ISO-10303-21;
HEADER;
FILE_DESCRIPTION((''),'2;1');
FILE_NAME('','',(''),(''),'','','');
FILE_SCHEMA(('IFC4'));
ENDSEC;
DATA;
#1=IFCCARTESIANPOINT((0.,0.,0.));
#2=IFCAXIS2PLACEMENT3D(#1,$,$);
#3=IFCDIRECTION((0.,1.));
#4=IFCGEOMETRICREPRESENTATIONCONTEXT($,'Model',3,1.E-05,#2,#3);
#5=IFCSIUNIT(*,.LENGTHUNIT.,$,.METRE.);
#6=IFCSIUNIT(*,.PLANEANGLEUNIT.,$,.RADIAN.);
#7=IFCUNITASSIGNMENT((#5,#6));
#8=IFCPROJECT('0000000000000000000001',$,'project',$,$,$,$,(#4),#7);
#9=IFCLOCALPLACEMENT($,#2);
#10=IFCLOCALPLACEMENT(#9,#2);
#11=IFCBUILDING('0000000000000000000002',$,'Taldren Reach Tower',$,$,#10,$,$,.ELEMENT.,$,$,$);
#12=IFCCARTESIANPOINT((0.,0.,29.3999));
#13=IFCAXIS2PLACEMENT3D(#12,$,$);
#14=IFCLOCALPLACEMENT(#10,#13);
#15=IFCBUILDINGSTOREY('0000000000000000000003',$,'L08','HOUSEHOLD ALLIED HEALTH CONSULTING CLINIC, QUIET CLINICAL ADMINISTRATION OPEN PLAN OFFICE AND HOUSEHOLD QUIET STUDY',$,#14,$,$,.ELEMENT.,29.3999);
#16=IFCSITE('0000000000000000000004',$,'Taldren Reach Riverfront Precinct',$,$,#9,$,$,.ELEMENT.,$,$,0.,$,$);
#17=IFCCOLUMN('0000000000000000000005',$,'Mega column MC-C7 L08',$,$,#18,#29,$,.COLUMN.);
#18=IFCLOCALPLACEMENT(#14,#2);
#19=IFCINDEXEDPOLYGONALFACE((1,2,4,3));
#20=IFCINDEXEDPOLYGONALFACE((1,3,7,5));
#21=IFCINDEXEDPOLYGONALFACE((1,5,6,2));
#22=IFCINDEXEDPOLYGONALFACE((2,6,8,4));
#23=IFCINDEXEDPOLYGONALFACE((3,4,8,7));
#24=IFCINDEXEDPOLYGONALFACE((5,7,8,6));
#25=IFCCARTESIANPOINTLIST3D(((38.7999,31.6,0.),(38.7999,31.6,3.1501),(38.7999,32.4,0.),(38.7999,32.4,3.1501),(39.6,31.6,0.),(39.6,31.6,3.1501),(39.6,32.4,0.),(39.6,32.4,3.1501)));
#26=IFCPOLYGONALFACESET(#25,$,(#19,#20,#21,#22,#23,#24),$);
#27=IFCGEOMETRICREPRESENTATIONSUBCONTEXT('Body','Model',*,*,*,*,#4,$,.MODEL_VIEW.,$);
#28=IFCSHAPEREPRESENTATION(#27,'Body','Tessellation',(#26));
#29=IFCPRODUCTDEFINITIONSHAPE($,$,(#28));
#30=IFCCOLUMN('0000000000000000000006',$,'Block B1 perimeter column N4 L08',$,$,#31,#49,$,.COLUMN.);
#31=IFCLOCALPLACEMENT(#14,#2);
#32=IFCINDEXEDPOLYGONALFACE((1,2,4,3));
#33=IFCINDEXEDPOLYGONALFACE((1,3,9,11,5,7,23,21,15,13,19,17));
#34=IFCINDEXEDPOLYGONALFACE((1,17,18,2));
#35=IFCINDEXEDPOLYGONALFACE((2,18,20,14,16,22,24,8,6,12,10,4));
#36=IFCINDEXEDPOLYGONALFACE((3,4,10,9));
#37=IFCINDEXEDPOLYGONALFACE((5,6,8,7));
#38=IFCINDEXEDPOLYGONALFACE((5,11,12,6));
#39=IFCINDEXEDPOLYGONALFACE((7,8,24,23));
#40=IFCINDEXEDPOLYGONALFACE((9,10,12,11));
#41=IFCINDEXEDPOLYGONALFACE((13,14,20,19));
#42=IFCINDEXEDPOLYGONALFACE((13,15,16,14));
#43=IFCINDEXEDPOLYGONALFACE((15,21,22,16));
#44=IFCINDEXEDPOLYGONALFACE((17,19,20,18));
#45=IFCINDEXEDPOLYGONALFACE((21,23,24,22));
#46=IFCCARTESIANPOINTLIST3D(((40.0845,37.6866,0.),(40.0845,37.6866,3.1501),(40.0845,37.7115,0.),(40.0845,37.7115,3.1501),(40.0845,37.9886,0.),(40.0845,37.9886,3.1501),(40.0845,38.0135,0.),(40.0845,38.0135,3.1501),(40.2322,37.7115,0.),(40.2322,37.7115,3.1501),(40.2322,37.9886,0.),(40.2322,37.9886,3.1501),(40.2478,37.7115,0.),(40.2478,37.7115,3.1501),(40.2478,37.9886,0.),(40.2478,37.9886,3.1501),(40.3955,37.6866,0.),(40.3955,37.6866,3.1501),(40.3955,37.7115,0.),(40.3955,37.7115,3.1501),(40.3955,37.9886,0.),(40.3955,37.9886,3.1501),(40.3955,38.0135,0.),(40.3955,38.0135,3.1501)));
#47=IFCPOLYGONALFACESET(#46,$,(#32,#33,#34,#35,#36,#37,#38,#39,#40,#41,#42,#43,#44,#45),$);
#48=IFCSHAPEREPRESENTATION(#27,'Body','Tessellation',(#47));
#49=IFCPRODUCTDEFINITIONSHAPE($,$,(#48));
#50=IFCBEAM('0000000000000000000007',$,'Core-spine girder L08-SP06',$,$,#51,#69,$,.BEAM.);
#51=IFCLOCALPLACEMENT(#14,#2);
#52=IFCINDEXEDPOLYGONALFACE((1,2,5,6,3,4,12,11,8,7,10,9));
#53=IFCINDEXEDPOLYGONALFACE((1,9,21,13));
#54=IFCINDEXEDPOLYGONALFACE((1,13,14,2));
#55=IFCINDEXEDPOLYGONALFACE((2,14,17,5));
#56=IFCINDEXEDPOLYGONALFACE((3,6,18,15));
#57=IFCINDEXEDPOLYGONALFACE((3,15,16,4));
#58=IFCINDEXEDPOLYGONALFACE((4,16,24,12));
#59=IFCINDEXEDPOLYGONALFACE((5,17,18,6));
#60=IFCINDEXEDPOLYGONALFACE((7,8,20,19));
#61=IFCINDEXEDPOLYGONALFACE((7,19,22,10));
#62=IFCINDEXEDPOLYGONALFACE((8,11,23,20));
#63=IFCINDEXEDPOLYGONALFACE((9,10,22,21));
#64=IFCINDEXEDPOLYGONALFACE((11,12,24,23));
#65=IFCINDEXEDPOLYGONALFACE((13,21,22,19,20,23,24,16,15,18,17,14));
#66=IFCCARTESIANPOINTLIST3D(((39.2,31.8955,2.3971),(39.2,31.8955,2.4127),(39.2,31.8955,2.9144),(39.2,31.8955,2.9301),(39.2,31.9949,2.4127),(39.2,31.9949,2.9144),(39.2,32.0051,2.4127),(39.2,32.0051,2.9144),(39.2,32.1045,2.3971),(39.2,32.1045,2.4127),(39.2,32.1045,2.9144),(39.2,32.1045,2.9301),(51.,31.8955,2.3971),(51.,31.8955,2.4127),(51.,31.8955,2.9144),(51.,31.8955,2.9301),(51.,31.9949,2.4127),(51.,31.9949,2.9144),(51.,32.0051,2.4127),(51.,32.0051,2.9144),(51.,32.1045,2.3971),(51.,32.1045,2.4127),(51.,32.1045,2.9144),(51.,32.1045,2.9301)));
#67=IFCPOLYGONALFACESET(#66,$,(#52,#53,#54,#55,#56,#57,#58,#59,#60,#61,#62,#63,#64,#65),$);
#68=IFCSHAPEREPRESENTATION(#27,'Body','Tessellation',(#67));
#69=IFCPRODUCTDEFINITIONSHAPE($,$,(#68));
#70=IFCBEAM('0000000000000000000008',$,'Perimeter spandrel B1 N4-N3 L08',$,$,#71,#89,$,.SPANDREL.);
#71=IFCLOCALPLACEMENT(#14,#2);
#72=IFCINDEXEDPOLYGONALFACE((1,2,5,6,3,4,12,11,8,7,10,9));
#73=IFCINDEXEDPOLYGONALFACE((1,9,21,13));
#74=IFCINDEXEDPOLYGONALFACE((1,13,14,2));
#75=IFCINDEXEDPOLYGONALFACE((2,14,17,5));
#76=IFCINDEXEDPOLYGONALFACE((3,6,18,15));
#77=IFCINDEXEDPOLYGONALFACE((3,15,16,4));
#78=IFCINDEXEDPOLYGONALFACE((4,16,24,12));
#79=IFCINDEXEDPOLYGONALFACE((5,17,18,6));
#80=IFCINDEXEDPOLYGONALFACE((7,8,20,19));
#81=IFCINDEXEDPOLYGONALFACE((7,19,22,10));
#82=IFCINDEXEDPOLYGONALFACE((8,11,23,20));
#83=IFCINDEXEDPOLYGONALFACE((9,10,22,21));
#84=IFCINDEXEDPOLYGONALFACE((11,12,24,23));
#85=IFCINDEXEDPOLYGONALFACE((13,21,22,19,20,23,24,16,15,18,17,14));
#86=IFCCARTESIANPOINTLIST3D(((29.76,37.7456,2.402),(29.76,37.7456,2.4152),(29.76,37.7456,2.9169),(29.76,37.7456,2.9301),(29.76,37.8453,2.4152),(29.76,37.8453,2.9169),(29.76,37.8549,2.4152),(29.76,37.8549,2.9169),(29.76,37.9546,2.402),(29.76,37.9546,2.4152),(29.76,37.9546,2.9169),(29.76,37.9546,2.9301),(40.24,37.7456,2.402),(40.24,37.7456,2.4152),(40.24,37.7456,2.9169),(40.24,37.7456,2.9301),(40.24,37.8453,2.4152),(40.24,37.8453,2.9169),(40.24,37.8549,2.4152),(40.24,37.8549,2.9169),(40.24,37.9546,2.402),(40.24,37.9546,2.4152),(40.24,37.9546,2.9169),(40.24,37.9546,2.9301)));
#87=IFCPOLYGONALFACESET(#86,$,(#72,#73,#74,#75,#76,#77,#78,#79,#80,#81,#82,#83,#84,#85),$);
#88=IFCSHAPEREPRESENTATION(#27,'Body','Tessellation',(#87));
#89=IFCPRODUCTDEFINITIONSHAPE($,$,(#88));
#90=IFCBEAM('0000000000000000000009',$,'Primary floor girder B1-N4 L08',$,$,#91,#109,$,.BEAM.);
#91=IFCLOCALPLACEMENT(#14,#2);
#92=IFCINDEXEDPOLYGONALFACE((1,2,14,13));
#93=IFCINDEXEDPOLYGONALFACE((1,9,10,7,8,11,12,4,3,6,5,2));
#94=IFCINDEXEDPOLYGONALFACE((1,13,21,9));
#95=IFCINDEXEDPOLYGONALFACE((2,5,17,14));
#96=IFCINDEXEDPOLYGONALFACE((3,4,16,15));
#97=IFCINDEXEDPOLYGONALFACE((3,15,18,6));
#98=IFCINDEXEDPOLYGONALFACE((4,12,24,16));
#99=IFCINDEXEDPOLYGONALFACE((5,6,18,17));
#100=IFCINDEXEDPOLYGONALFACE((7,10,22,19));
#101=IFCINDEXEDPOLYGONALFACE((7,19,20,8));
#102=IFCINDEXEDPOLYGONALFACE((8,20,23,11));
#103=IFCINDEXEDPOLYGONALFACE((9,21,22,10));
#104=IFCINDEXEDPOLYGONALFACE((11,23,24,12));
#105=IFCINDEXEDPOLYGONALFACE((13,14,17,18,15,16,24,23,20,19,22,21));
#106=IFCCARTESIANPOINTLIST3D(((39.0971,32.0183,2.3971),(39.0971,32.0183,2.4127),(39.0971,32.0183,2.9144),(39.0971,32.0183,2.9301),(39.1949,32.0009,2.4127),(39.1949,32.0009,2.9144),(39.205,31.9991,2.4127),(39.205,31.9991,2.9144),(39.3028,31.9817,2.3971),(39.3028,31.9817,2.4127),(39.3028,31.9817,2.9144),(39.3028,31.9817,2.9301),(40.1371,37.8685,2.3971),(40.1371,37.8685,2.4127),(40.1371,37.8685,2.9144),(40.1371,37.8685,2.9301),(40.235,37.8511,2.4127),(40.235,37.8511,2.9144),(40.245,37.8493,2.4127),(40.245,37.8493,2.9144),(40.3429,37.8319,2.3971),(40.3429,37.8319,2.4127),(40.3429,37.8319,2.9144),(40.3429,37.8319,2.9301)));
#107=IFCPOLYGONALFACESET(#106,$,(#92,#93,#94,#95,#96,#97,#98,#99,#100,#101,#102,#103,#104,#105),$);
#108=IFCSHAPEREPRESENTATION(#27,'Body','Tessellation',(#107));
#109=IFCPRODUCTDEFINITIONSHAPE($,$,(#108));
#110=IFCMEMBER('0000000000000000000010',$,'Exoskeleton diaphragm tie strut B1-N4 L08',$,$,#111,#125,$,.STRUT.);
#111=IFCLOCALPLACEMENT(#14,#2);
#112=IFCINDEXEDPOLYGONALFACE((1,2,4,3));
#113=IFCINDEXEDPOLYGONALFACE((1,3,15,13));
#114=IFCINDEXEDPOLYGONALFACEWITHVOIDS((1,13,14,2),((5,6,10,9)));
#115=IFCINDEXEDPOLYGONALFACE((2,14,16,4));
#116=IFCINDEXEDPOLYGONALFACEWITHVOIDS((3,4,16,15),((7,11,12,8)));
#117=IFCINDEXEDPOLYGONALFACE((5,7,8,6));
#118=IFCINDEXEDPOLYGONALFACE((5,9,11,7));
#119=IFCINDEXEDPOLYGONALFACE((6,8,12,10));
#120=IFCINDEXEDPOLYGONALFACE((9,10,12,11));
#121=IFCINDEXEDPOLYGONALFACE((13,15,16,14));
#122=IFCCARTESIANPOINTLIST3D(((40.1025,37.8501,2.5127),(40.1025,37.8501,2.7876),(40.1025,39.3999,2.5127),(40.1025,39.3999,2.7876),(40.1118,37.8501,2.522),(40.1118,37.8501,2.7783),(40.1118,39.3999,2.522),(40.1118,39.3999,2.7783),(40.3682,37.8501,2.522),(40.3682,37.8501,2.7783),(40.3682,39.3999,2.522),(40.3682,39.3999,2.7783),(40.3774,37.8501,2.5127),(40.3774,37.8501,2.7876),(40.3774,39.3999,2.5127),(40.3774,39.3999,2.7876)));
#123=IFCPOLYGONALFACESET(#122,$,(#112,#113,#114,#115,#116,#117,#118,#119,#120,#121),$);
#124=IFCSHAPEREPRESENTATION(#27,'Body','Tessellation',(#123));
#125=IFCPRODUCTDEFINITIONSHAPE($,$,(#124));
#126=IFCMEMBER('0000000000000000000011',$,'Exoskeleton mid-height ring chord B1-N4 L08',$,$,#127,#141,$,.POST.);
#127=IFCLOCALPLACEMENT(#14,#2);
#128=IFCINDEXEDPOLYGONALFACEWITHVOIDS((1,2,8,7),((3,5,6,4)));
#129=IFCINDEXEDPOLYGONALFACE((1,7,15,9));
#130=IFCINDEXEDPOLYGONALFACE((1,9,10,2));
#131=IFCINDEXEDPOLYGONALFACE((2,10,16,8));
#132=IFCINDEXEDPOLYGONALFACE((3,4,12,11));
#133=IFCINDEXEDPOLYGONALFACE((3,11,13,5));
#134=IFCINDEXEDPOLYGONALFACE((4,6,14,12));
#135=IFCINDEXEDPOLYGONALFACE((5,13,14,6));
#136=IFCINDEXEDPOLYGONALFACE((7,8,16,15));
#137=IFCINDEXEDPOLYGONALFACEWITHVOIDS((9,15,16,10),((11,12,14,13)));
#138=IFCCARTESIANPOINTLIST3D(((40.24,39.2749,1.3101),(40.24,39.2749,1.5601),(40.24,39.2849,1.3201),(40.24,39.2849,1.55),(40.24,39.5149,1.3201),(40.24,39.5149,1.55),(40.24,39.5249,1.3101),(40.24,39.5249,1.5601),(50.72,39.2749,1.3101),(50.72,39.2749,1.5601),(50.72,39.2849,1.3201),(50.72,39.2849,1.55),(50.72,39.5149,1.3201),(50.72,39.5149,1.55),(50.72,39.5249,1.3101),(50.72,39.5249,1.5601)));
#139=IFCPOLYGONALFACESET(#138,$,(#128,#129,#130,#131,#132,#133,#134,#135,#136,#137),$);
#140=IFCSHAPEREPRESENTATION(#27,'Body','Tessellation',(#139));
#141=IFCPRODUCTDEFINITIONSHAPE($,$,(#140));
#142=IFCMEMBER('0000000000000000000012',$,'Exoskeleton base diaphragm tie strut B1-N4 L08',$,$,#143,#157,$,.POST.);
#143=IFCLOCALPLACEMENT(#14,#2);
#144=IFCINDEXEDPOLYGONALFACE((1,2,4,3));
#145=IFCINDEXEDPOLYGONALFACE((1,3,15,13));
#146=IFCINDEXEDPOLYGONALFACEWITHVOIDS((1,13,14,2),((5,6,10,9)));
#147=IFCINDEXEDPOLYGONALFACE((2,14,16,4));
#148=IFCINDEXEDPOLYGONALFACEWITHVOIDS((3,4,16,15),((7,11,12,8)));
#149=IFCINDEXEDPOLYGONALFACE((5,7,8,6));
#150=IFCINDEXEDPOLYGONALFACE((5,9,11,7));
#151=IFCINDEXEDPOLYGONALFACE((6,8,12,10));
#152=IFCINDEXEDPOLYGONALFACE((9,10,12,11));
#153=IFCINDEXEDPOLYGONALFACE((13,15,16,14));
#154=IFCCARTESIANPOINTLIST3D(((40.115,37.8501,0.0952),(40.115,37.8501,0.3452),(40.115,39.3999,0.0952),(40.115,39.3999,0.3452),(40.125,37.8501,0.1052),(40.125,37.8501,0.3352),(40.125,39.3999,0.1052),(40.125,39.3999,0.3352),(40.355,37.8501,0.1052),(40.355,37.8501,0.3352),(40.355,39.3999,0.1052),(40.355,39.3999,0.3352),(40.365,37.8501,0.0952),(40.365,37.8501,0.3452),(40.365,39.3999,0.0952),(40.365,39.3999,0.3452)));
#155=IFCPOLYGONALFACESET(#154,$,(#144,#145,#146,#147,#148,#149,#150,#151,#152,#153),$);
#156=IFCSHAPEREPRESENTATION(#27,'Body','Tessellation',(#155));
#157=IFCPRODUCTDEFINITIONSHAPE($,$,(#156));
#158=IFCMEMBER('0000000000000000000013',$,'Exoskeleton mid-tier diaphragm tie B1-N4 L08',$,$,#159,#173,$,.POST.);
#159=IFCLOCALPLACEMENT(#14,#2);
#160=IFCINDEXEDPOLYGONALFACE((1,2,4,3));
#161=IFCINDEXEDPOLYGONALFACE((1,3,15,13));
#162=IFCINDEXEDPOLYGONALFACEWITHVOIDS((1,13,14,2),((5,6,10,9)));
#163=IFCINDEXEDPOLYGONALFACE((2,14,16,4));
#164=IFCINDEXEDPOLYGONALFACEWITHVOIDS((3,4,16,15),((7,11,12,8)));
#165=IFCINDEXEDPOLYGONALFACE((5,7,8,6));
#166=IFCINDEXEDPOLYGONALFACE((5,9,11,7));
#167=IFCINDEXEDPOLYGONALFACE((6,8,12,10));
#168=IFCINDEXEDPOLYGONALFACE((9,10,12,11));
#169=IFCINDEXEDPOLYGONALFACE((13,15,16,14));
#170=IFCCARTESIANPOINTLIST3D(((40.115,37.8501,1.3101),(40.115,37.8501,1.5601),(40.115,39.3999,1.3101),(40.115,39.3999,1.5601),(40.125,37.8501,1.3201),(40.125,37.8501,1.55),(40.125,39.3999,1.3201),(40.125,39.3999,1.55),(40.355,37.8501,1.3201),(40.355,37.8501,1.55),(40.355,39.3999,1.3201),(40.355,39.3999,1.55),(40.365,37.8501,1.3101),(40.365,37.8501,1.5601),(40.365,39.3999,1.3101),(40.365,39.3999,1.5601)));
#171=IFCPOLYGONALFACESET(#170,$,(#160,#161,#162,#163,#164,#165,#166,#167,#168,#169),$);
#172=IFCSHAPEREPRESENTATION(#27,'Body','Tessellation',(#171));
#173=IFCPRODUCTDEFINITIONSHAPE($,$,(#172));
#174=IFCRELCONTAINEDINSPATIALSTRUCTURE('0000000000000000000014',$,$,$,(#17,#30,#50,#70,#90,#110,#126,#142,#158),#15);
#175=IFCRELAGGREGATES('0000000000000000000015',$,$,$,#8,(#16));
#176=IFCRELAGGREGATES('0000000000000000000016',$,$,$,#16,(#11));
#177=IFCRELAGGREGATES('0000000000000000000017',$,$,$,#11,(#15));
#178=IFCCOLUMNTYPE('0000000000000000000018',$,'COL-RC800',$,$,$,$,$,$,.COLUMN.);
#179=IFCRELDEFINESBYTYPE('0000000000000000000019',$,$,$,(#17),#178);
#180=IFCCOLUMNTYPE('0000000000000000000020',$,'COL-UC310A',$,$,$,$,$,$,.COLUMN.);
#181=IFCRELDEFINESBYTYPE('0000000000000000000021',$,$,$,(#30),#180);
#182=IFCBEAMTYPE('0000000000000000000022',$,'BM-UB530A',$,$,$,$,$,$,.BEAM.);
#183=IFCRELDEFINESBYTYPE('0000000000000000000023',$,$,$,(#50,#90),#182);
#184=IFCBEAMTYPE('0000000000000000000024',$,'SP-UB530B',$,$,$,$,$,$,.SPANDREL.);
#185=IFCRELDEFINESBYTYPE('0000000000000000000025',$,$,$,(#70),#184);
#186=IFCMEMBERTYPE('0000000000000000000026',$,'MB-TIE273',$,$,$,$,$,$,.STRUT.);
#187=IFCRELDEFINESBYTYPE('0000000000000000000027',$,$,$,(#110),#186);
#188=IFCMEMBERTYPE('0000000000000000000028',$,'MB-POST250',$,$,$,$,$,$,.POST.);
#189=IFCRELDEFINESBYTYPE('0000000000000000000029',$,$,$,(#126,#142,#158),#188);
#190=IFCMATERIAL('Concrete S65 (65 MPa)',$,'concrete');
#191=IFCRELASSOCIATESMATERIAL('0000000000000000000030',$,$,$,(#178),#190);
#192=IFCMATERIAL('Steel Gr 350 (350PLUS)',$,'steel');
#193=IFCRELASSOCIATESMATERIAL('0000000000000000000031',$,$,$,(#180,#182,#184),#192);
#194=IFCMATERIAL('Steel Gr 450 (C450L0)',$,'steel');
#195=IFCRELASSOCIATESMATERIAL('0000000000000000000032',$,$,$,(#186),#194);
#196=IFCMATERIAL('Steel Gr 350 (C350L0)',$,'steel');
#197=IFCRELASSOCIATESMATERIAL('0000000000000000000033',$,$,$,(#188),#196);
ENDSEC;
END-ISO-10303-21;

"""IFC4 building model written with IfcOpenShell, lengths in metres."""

from ifc_helpers import new_model, si_unit, direction, frame, origin, origin_2d, place, context, subcontext, project, spatial, rectangle, hollow_rectangle, i_section, extrude, source, transform, mapped, material, material_profile, profile_set, type_object, element, save


model = new_model("IFC4")

# Units and contexts
model_context = context("Model", 3, precision=1e-05, world=origin(), true_north=direction((0.0, 1.0)))
body_context = subcontext(model_context, "Body", "Model", "MODEL_VIEW")
ifc_project = project(units=[si_unit("LENGTHUNIT", "METRE"), si_unit("PLANEANGLEUNIT", "RADIAN")], contexts=[model_context])

# Site, building, storey
site_placement = place(None, origin())
site = spatial("IfcSite", under=ifc_project, at=site_placement, Name="Taldren Reach Riverfront Precinct", CompositionType="ELEMENT", RefElevation=0.0)
building_placement = place(site_placement, origin())
building = spatial("IfcBuilding", under=site, at=building_placement, Name="Taldren Reach Tower", CompositionType="ELEMENT")
storey_placement = place(building_placement, frame((0.0, 0.0, 29.3999)))
storey = spatial("IfcBuildingStorey", under=building, at=storey_placement, Name="L08", Description="HOUSEHOLD ALLIED HEALTH CONSULTING CLINIC, QUIET CLINICAL ADMINISTRATION OPEN PLAN OFFICE AND HOUSEHOLD QUIET STUDY", CompositionType="ELEMENT", Elevation=29.3999)

# Columns
ifc_material_1 = material(Name="Concrete S65 (65 MPa)", Category="concrete")
ifc_material_profile_1 = material_profile(ifc_material_1, rectangle(XDim=0.8, YDim=0.8, at=origin_2d()), Name="RC-800x800")
ifc_profile_set_1 = profile_set([ifc_material_profile_1], Name="Concrete S65 (65 MPa)")
column_type_1 = type_object("IfcColumnType", Name="COL-RC800", PredefinedType="COLUMN", material=ifc_profile_set_1)
shared_shape_1 = source(origin(), body_context, "Body", "SweptSolid", [
    extrude(rectangle(XDim=0.8, YDim=0.8, at=origin_2d()), origin(), (0.0, 0.0, 1.0), 3.1501),
])
column_1_placement = place(storey_placement, frame((39.2, 32.0, 0.0), z_axis=(0.0, 0.0, 1.0), x_axis=(1.0, 0.0, 0.0)))
element("IfcColumn", 1, at=column_1_placement, inside=storey, type_object=column_type_1, Name="Mega column MC-C7 L08", PredefinedType="COLUMN", context=body_context, shape_type="MappedRepresentation", body=[
    mapped(shared_shape_1, transform((0.0, 0.0, 0.0), scale=1.0)),
])
ifc_material_2 = material(Name="Steel Gr 350 (350PLUS)", Category="steel")
ifc_material_profile_2 = material_profile(ifc_material_2, i_section(OverallWidth=0.311, OverallDepth=0.3269, WebThickness=0.0156, FlangeThickness=0.0249, at=origin_2d()), Name="310UC158")
ifc_profile_set_2 = profile_set([ifc_material_profile_2], Name="Steel Gr 350 (350PLUS)")
column_type_2 = type_object("IfcColumnType", Name="COL-UC310A", PredefinedType="COLUMN", material=ifc_profile_set_2)
shared_shape_2 = source(origin(), body_context, "Body", "SweptSolid", [
    extrude(i_section(OverallWidth=0.311, OverallDepth=0.3269, WebThickness=0.0156, FlangeThickness=0.0249, at=origin_2d()), origin(), (0.0, 0.0, 1.0), 3.1501),
])
column_2_placement = place(storey_placement, frame((40.24, 37.8501, 0.0), z_axis=(0.0, 0.0, 1.0), x_axis=(1.0, 0.0, 0.0)))
element("IfcColumn", 2, at=column_2_placement, inside=storey, type_object=column_type_2, Name="Block B1 perimeter column N4 L08", PredefinedType="COLUMN", context=body_context, shape_type="MappedRepresentation", body=[
    mapped(shared_shape_2, transform((0.0, 0.0, 0.0), scale=1.0)),
])

# Beams
ifc_material_profile_3 = material_profile(ifc_material_2, i_section(OverallWidth=0.209, OverallDepth=0.533, WebThickness=0.0103, FlangeThickness=0.0156, at=origin_2d()), Name="530UB92.4")
ifc_profile_set_3 = profile_set([ifc_material_profile_3], Name="Steel Gr 350 (350PLUS)")
beam_type_1 = type_object("IfcBeamType", Name="BM-UB530A", PredefinedType="BEAM", material=ifc_profile_set_3)
shared_shape_3 = source(origin(), body_context, "Body", "SweptSolid", [
    extrude(i_section(OverallWidth=0.209, OverallDepth=0.533, WebThickness=0.0103, FlangeThickness=0.0156, at=origin_2d()), origin(), (0.0, 0.0, 1.0), 11.8),
])
beam_1_placement = place(storey_placement, frame((39.2, 32.0, 2.6636), z_axis=(1.0, 0.0, 0.0), x_axis=(0.0, 1.0, 0.0)))
element("IfcBeam", 3, at=beam_1_placement, inside=storey, type_object=beam_type_1, Name="Core-spine girder L08-SP06", PredefinedType="BEAM", context=body_context, shape_type="MappedRepresentation", body=[
    mapped(shared_shape_3, transform((0.0, 0.0, 0.0), scale=1.0)),
])
ifc_material_profile_4 = material_profile(ifc_material_2, i_section(OverallWidth=0.209, OverallDepth=0.5281, WebThickness=0.0095, FlangeThickness=0.0132, at=origin_2d()), Name="530UB82.0")
ifc_profile_set_4 = profile_set([ifc_material_profile_4], Name="Steel Gr 350 (350PLUS)")
beam_type_2 = type_object("IfcBeamType", Name="SP-UB530B", PredefinedType="SPANDREL", material=ifc_profile_set_4)
shared_shape_4 = source(origin(), body_context, "Body", "SweptSolid", [
    extrude(i_section(OverallWidth=0.209, OverallDepth=0.5281, WebThickness=0.0095, FlangeThickness=0.0132, at=origin_2d()), origin(), (0.0, 0.0, 1.0), 10.48),
])
beam_2_placement = place(storey_placement, frame((40.24, 37.8501, 2.666), z_axis=(-1.0, 0.0, 0.0), x_axis=(0.0, -1.0, 0.0)))
element("IfcBeam", 4, at=beam_2_placement, inside=storey, type_object=beam_type_2, Name="Perimeter spandrel B1 N4-N3 L08", PredefinedType="SPANDREL", context=body_context, shape_type="MappedRepresentation", body=[
    mapped(shared_shape_4, transform((0.0, 0.0, 0.0), scale=1.0)),
])
shared_shape_5 = source(origin(), body_context, "Body", "SweptSolid", [
    extrude(i_section(OverallWidth=0.209, OverallDepth=0.533, WebThickness=0.0103, FlangeThickness=0.0156, at=origin_2d()), origin(), (0.0, 0.0, 1.0), 5.9419),
])
beam_3_placement = place(storey_placement, frame((39.2, 32.0, 2.6636), z_axis=(0.175037, 0.984562, 0.0), x_axis=(-0.984562, 0.175037, 0.0)))
element("IfcBeam", 5, at=beam_3_placement, inside=storey, type_object=beam_type_1, Name="Primary floor girder B1-N4 L08", PredefinedType="BEAM", context=body_context, shape_type="MappedRepresentation", body=[
    mapped(shared_shape_5, transform((0.0, 0.0, 0.0), scale=1.0)),
])

# Members
ifc_material_3 = material(Name="Steel Gr 450 (C450L0)", Category="steel")
ifc_material_profile_5 = material_profile(ifc_material_3, hollow_rectangle(XDim=0.2749, YDim=0.2749, WallThickness=0.0093, at=origin_2d()), Name="275x275x9.3SHS")
ifc_profile_set_5 = profile_set([ifc_material_profile_5], Name="Steel Gr 450 (C450L0)")
member_type_1 = type_object("IfcMemberType", Name="MB-TIE273", PredefinedType="STRUT", material=ifc_profile_set_5)
shared_shape_6 = source(origin(), body_context, "Body", "SweptSolid", [
    extrude(hollow_rectangle(XDim=0.2749, YDim=0.2749, WallThickness=0.0093, at=origin_2d()), origin(), (0.0, 0.0, 1.0), 1.5498),
])
member_1_placement = place(storey_placement, frame((40.24, 37.8501, 2.6501), z_axis=(0.0, 1.0, 0.0), x_axis=(-1.0, 0.0, 0.0)))
element("IfcMember", 6, at=member_1_placement, inside=storey, type_object=member_type_1, Name="Exoskeleton diaphragm tie strut B1-N4 L08", PredefinedType="STRUT", context=body_context, shape_type="MappedRepresentation", body=[
    mapped(shared_shape_6, transform((0.0, 0.0, 0.0), scale=1.0)),
])
ifc_material_4 = material(Name="Steel Gr 350 (C350L0)", Category="steel")
ifc_material_profile_6 = material_profile(ifc_material_4, hollow_rectangle(XDim=0.25, YDim=0.25, WallThickness=0.01, at=origin_2d()), Name="250x250x10.0SHS")
ifc_profile_set_6 = profile_set([ifc_material_profile_6], Name="Steel Gr 350 (C350L0)")
member_type_2 = type_object("IfcMemberType", Name="MB-POST250", PredefinedType="POST", material=ifc_profile_set_6)
shared_shape_7 = source(origin(), body_context, "Body", "SweptSolid", [
    extrude(hollow_rectangle(XDim=0.25, YDim=0.25, WallThickness=0.01, at=origin_2d()), origin(), (0.0, 0.0, 1.0), 10.48),
])
member_2_placement = place(storey_placement, frame((40.24, 39.3999, 1.4351), z_axis=(1.0, 0.0, 0.0), x_axis=(0.0, 1.0, 0.0)))
element("IfcMember", 7, at=member_2_placement, inside=storey, type_object=member_type_2, Name="Exoskeleton mid-height ring chord B1-N4 L08", PredefinedType="POST", context=body_context, shape_type="MappedRepresentation", body=[
    mapped(shared_shape_7, transform((0.0, 0.0, 0.0), scale=1.0)),
])
shared_shape_8 = source(origin(), body_context, "Body", "SweptSolid", [
    extrude(hollow_rectangle(XDim=0.25, YDim=0.25, WallThickness=0.01, at=origin_2d()), origin(), (0.0, 0.0, 1.0), 1.5498),
])
for number, where, z_axis, x_axis, name in (
    (8, (40.24, 37.8501, 0.2202), (0.0, 1.0, 0.0), (-1.0, 0.0, 0.0), "Exoskeleton base diaphragm tie strut B1-N4 L08"),
    (9, (40.24, 37.8501, 1.4351), (0.0, 1.0, 0.0), (-1.0, 0.0, 0.0), "Exoskeleton mid-tier diaphragm tie B1-N4 L08"),
):
    element("IfcMember", number, at=place(storey_placement, frame(where, z_axis=z_axis, x_axis=x_axis)), inside=storey, type_object=member_type_2, Name=name, PredefinedType="POST", context=body_context, shape_type="MappedRepresentation", body=[
        mapped(shared_shape_8, transform((0.0, 0.0, 0.0), scale=1.0)),
    ])

save(model, "model.ifc")
